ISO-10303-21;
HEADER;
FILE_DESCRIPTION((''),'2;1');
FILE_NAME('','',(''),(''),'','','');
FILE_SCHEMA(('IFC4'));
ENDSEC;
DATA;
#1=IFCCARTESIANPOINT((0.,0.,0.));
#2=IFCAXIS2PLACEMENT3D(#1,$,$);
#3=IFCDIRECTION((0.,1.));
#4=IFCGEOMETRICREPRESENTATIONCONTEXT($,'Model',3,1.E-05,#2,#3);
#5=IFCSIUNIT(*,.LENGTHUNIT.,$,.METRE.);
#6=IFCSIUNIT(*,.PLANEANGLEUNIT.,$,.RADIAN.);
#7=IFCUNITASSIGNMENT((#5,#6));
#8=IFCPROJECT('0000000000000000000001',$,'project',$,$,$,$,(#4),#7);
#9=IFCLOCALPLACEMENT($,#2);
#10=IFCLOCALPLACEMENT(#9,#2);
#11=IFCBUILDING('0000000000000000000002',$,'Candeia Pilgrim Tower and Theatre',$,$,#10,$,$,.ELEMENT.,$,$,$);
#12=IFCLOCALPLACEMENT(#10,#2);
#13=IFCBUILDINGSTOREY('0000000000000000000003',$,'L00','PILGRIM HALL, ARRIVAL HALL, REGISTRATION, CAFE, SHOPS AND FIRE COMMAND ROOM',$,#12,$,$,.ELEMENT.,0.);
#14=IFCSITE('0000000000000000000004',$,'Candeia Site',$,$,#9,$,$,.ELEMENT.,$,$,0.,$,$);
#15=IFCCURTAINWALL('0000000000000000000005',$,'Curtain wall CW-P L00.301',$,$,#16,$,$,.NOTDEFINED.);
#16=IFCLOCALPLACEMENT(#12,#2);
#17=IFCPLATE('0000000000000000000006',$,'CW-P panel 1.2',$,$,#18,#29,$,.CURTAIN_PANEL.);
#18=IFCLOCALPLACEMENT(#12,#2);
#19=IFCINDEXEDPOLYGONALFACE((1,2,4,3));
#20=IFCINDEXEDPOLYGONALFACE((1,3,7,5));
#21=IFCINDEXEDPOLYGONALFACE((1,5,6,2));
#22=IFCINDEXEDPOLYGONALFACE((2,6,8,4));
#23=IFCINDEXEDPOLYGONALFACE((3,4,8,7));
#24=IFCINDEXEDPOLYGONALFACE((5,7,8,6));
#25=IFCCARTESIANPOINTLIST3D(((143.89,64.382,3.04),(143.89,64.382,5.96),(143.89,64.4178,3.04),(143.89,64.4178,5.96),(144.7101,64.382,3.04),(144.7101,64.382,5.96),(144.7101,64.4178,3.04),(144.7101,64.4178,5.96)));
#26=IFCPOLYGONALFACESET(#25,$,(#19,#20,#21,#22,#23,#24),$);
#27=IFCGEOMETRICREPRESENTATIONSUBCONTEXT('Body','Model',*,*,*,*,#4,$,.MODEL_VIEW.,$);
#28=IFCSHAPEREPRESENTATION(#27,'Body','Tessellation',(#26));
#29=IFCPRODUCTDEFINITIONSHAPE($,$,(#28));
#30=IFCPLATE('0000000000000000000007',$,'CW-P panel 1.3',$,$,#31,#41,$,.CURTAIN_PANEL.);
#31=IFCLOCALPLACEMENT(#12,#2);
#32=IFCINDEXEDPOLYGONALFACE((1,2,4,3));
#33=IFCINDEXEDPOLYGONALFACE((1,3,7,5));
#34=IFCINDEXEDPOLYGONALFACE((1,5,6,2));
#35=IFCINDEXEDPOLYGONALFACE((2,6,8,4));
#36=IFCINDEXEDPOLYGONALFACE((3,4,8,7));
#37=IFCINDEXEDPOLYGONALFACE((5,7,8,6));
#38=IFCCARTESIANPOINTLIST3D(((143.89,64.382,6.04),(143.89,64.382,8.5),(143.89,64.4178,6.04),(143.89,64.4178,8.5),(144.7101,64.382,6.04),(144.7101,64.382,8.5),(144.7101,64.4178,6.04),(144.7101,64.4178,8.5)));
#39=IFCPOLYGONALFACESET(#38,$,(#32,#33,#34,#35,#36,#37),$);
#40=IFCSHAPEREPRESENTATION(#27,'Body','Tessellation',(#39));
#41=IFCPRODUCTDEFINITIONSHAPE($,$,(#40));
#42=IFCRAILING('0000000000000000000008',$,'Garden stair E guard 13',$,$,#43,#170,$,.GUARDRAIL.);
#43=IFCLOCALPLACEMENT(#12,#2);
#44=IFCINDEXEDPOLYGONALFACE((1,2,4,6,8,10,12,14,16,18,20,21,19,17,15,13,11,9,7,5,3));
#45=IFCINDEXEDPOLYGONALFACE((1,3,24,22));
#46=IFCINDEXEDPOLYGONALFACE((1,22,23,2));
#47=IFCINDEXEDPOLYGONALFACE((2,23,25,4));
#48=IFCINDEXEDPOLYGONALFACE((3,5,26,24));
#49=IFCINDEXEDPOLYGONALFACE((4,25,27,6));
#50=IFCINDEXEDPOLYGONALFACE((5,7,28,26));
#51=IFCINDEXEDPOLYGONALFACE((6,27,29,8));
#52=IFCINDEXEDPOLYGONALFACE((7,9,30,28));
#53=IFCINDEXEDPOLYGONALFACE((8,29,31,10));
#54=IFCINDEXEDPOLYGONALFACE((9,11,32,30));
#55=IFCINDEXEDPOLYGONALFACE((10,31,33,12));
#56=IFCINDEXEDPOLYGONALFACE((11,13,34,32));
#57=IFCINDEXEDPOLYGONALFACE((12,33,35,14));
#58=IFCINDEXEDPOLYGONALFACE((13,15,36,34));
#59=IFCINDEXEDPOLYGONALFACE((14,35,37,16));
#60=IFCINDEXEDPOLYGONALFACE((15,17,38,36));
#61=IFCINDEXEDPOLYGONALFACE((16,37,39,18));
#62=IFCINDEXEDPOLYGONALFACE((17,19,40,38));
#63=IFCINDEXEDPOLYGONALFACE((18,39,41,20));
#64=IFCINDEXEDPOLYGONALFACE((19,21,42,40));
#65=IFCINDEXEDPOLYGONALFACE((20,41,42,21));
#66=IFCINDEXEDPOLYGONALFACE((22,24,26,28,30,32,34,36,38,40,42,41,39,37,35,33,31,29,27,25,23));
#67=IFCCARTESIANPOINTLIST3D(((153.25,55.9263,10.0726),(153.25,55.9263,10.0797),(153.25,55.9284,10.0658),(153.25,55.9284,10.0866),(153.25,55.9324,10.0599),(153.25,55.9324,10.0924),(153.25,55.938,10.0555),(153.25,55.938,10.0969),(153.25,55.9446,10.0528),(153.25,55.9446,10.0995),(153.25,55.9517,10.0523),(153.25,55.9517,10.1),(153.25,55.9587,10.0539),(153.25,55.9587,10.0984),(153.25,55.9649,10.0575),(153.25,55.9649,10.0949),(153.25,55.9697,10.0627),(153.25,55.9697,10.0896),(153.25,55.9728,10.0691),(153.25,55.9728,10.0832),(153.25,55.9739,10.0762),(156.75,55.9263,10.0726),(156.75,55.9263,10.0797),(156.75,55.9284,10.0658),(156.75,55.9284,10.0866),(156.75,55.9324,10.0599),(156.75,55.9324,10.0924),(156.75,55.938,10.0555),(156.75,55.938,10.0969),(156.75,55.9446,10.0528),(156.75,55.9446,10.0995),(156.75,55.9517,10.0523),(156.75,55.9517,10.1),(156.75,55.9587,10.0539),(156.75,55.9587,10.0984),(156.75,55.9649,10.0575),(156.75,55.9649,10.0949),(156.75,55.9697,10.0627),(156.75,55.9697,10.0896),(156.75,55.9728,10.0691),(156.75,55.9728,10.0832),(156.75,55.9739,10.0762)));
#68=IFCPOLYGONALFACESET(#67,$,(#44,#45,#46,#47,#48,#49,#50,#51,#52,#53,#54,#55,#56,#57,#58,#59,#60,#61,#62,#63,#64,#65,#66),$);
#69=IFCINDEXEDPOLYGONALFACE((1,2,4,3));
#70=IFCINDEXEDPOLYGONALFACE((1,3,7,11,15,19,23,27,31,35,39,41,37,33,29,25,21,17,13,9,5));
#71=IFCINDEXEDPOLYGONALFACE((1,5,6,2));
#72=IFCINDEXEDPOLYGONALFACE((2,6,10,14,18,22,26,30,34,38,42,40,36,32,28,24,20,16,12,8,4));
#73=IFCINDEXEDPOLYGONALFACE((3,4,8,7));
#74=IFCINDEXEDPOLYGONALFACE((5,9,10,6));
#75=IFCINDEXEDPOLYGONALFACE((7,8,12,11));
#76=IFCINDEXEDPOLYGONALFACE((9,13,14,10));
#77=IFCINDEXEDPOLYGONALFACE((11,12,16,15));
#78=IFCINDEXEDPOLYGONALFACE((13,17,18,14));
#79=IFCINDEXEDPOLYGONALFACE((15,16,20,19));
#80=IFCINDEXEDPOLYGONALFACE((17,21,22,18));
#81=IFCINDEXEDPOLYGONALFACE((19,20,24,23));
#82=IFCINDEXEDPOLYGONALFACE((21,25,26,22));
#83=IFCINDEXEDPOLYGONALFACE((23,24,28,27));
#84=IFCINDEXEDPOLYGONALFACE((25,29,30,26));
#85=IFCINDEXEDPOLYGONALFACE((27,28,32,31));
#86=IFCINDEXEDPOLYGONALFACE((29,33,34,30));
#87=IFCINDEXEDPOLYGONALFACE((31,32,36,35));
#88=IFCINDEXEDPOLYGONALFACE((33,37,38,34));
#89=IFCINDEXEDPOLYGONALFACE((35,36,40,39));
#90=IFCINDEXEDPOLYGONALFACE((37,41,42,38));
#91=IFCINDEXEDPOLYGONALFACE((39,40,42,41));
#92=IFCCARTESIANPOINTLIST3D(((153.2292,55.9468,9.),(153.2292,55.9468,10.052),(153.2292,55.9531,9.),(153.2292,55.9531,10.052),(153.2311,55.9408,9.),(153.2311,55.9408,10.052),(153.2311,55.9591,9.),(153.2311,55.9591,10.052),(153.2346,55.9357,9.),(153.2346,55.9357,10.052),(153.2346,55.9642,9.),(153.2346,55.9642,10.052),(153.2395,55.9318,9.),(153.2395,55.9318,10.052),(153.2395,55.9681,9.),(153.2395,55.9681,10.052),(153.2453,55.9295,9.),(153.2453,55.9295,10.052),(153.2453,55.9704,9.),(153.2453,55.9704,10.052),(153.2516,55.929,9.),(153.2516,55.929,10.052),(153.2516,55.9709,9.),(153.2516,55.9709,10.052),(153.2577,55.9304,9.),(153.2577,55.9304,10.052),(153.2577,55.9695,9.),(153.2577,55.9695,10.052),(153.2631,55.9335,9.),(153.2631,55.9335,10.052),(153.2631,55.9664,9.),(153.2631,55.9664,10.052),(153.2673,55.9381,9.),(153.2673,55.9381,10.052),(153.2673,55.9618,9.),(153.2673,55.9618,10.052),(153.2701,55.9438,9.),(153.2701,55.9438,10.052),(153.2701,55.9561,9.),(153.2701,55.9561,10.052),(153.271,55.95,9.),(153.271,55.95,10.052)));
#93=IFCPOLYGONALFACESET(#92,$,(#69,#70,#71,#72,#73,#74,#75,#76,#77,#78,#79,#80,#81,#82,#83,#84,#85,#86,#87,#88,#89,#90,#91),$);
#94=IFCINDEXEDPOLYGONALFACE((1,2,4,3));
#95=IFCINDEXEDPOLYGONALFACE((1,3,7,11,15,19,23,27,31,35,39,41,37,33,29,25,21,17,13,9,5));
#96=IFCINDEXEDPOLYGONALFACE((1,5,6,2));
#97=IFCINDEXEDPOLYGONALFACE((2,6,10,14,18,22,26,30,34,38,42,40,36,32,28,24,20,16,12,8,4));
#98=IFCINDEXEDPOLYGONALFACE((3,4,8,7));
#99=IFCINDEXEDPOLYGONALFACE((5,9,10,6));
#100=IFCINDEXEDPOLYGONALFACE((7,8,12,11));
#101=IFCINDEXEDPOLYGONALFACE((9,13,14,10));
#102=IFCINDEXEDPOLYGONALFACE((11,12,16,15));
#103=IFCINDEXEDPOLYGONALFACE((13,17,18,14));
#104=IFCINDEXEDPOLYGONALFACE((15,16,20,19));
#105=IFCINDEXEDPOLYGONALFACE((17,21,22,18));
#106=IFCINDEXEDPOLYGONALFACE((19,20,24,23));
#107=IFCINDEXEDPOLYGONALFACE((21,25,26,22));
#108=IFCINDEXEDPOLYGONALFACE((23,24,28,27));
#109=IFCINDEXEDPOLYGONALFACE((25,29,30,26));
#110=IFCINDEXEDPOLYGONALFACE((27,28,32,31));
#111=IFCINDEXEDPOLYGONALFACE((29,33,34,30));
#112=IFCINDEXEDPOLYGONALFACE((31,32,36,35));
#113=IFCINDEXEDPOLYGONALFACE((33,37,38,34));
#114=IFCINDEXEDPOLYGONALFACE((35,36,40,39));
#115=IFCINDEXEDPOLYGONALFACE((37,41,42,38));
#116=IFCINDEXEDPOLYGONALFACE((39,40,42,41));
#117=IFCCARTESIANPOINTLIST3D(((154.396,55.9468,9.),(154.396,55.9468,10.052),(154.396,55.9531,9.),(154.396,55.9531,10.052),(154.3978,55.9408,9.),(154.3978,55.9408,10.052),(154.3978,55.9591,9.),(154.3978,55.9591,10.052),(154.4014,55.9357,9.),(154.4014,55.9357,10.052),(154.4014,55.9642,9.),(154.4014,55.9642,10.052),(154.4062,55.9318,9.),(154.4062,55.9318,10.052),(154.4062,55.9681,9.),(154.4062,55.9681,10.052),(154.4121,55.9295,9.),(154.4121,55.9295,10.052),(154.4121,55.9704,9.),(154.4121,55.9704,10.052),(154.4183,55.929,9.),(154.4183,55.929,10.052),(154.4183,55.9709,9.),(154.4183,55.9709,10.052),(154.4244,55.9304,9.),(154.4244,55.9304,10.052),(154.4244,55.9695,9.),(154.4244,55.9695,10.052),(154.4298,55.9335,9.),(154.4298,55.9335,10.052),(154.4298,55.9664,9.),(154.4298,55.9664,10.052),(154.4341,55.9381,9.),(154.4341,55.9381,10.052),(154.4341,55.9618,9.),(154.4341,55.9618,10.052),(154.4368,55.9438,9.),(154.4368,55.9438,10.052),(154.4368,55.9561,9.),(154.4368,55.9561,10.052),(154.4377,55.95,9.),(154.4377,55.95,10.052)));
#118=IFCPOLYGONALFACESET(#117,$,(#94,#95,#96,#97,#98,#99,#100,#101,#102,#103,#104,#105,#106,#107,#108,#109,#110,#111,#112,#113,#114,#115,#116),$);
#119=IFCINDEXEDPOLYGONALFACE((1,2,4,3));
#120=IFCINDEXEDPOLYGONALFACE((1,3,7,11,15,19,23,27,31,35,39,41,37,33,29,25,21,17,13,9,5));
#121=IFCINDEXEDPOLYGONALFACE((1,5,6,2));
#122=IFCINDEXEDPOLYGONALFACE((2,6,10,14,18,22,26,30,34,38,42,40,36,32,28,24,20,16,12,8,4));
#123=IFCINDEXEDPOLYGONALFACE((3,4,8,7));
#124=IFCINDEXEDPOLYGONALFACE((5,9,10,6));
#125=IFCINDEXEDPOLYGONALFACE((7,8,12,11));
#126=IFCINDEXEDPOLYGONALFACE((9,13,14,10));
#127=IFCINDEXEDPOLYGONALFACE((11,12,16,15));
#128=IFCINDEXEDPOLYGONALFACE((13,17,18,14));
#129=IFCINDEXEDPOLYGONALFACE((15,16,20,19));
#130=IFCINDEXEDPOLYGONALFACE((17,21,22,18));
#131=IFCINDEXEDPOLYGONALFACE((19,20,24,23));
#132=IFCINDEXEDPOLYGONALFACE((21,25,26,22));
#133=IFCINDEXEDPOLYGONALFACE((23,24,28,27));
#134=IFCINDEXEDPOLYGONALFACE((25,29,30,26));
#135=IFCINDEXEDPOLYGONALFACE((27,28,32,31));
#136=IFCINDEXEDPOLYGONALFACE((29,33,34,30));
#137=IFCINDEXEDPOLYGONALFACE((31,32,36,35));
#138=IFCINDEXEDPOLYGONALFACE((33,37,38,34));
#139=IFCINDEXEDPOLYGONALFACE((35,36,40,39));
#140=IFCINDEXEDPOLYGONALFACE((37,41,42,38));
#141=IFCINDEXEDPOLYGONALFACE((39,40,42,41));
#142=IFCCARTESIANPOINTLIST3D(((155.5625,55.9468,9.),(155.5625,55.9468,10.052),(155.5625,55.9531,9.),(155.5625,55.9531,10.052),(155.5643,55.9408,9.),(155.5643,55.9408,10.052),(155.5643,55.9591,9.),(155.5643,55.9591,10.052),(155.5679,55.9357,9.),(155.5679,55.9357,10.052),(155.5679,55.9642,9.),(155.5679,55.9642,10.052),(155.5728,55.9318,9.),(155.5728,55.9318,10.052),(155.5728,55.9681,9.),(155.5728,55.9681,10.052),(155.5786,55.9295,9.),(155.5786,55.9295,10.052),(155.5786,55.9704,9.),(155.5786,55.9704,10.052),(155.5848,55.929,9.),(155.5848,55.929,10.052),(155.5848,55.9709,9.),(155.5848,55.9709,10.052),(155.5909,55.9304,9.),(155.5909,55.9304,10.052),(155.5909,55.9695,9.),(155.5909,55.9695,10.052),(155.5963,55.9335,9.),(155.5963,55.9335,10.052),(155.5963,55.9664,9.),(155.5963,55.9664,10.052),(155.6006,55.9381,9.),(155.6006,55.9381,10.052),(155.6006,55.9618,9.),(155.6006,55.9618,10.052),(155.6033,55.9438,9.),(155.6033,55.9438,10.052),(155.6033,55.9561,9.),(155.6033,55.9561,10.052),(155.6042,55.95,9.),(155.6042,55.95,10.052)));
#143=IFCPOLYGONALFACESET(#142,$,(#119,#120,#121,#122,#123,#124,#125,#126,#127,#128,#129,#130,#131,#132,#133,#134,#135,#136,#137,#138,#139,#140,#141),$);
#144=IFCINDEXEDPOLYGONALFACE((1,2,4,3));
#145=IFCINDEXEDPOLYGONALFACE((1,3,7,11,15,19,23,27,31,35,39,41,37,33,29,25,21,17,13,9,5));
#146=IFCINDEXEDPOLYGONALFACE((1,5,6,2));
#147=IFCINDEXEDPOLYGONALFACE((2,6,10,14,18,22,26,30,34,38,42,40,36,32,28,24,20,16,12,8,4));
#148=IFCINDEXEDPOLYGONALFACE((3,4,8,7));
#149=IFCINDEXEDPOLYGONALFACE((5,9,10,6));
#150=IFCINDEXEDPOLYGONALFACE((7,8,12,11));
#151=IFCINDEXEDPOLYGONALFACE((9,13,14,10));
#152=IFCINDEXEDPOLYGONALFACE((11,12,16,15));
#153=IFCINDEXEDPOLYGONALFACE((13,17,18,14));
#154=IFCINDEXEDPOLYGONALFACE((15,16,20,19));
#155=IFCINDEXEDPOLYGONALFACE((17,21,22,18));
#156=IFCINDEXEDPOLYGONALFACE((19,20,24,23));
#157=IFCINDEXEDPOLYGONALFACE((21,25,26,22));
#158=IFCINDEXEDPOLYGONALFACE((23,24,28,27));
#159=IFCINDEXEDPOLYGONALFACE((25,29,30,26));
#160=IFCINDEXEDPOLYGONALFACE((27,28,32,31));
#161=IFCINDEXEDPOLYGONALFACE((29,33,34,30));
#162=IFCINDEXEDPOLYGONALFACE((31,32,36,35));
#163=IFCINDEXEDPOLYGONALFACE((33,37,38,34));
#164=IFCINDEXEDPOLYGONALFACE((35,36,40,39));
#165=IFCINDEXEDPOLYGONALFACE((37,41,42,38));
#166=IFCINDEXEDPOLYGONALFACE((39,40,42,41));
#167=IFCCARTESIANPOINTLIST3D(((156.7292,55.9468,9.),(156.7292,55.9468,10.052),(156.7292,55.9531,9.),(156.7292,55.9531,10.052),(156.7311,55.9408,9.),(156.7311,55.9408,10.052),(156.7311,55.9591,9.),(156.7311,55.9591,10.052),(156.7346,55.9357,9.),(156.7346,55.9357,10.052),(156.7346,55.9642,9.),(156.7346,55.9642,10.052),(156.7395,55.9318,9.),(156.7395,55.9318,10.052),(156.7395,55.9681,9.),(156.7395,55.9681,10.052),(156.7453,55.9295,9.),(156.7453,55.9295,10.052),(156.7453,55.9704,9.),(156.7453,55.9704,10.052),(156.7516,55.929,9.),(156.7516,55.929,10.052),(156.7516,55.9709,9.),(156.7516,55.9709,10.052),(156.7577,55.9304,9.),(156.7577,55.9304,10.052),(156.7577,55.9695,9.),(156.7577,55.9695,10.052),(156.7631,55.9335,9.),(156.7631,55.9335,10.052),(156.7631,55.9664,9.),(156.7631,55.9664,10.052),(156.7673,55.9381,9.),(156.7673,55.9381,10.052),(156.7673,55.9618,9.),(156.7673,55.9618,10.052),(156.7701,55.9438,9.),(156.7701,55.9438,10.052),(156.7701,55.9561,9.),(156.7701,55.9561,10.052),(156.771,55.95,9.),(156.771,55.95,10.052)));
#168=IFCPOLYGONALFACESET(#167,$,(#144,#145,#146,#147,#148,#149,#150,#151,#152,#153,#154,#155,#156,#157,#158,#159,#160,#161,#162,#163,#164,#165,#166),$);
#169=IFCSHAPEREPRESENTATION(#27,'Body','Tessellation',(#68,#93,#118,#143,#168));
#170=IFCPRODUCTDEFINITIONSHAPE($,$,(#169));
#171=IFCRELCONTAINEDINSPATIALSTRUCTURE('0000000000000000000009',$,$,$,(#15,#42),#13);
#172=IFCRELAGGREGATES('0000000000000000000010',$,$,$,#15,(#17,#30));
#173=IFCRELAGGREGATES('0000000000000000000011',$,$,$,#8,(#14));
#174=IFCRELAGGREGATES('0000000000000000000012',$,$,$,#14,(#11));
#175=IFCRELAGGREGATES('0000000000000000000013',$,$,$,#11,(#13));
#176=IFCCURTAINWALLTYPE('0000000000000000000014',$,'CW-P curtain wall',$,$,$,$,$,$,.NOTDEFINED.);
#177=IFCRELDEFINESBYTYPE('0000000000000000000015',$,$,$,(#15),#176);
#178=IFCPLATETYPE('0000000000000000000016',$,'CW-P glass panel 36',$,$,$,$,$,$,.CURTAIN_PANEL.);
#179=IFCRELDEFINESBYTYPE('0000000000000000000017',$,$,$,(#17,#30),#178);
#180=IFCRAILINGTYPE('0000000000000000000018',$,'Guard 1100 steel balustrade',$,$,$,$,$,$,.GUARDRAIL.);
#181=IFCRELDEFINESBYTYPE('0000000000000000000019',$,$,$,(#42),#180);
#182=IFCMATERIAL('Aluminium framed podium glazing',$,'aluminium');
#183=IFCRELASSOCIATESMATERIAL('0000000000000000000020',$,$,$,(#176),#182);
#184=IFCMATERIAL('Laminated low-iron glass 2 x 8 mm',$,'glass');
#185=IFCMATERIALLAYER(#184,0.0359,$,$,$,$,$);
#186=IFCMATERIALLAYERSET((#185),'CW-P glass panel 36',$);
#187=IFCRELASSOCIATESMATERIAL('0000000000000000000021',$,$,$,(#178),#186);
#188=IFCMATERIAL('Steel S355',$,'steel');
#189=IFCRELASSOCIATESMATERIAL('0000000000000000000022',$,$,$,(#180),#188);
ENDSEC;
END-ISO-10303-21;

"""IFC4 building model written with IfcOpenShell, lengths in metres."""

from ifc_helpers import new_model, si_unit, direction, frame, origin, origin_2d, place, context, subcontext, project, spatial, rectangle, circle, extrude, material, layer, layer_set, type_object, element, aggregate, save


model = new_model("IFC4")

# Units and contexts
model_context = context("Model", 3, precision=1e-05, world=origin(), true_north=direction((0.0, 1.0)))
body_context = subcontext(model_context, "Body", "Model", "MODEL_VIEW")
ifc_project = project(units=[si_unit("LENGTHUNIT", "METRE"), si_unit("PLANEANGLEUNIT", "RADIAN")], contexts=[model_context])

# Site, building, storey
site_placement = place(None, origin())
site = spatial("IfcSite", under=ifc_project, at=site_placement, Name="Candeia Site", CompositionType="ELEMENT", RefElevation=0.0)
building_placement = place(site_placement, origin())
building = spatial("IfcBuilding", under=site, at=building_placement, Name="Candeia Pilgrim Tower and Theatre", CompositionType="ELEMENT")
storey_placement = place(building_placement, origin())
storey = spatial("IfcBuildingStorey", under=building, at=storey_placement, Name="L00", Description="PILGRIM HALL, ARRIVAL HALL, REGISTRATION, CAFE, SHOPS AND FIRE COMMAND ROOM", CompositionType="ELEMENT", Elevation=0.0)

# Shared definitions
ifc_material_1 = material(Name="Aluminium framed podium glazing", Category="aluminium")
curtain_wall_type_1 = type_object("IfcCurtainWallType", Name="CW-P curtain wall", PredefinedType="NOTDEFINED", material=ifc_material_1)

# Curtain wall
curtain_wall_1_placement = place(storey_placement, origin())
curtain_wall_1 = element("IfcCurtainWall", 1, at=curtain_wall_1_placement, inside=storey, type_object=curtain_wall_type_1, Name="Curtain wall CW-P L00.301", PredefinedType="NOTDEFINED")

# Plates
ifc_material_2 = material(Name="Laminated low-iron glass 2 x 8 mm", Category="glass")
ifc_layer_1 = layer(ifc_material_2, 0.0359)
ifc_layer_set_1 = layer_set([ifc_layer_1], Name="CW-P glass panel 36")
plate_type = type_object("IfcPlateType", Name="CW-P glass panel 36", PredefinedType="CURTAIN_PANEL", material=ifc_layer_set_1)
plate_1_placement = place(storey_placement, frame((144.3, 64.3999, 3.04), z_axis=(0.0, 0.0, 1.0), x_axis=(-1.0, 0.0, 0.0)))
plate_1 = element("IfcPlate", 2, at=plate_1_placement, type_object=plate_type, Name="CW-P panel 1.2", PredefinedType="CURTAIN_PANEL", context=body_context, shape_type="SweptSolid", body=[
    extrude(rectangle(XDim=0.8201, YDim=0.0359, at=origin_2d()), origin(), (0.0, 0.0, 1.0), 2.9199),
])
plate_2_placement = place(storey_placement, frame((144.3, 64.3999, 6.04), z_axis=(0.0, 0.0, 1.0), x_axis=(-1.0, 0.0, 0.0)))
plate_2 = element("IfcPlate", 3, at=plate_2_placement, type_object=plate_type, Name="CW-P panel 1.3", PredefinedType="CURTAIN_PANEL", context=body_context, shape_type="SweptSolid", body=[
    extrude(rectangle(XDim=0.8201, YDim=0.0359, at=origin_2d()), origin(), (0.0, 0.0, 1.0), 2.46),
])
aggregate(curtain_wall_1, [plate_1, plate_2])

# Railing
ifc_material_3 = material(Name="Steel S355", Category="steel")
railing_type = type_object("IfcRailingType", Name="Guard 1100 steel balustrade", PredefinedType="GUARDRAIL", material=ifc_material_3)
railing_placement = place(storey_placement, frame((153.25, 55.95, 9.0)))
element("IfcRailing", 4, at=railing_placement, inside=storey, type_object=railing_type, Name="Garden stair E guard 13", PredefinedType="GUARDRAIL", context=body_context, shape_type="SweptSolid", body=[
    extrude(circle(Radius=0.0239, at=origin_2d()), frame((0.0, 0.0, 1.0762), z_axis=(1.0, 0.0, 0.0), x_axis=(0.0, 1.0, 0.0)), (0.0, 0.0, 1.0), 3.5),
    extrude(circle(Radius=0.021, at=origin_2d()), origin(), (0.0, 0.0, 1.0), 1.052),
    extrude(circle(Radius=0.021, at=origin_2d()), frame((1.1667, 0.0, 0.0)), (0.0, 0.0, 1.0), 1.052),
    extrude(circle(Radius=0.021, at=origin_2d()), frame((2.3333, 0.0, 0.0)), (0.0, 0.0, 1.0), 1.052),
    extrude(circle(Radius=0.021, at=origin_2d()), frame((3.5, 0.0, 0.0)), (0.0, 0.0, 1.0), 1.052),
])

save(model, "model.ifc")
